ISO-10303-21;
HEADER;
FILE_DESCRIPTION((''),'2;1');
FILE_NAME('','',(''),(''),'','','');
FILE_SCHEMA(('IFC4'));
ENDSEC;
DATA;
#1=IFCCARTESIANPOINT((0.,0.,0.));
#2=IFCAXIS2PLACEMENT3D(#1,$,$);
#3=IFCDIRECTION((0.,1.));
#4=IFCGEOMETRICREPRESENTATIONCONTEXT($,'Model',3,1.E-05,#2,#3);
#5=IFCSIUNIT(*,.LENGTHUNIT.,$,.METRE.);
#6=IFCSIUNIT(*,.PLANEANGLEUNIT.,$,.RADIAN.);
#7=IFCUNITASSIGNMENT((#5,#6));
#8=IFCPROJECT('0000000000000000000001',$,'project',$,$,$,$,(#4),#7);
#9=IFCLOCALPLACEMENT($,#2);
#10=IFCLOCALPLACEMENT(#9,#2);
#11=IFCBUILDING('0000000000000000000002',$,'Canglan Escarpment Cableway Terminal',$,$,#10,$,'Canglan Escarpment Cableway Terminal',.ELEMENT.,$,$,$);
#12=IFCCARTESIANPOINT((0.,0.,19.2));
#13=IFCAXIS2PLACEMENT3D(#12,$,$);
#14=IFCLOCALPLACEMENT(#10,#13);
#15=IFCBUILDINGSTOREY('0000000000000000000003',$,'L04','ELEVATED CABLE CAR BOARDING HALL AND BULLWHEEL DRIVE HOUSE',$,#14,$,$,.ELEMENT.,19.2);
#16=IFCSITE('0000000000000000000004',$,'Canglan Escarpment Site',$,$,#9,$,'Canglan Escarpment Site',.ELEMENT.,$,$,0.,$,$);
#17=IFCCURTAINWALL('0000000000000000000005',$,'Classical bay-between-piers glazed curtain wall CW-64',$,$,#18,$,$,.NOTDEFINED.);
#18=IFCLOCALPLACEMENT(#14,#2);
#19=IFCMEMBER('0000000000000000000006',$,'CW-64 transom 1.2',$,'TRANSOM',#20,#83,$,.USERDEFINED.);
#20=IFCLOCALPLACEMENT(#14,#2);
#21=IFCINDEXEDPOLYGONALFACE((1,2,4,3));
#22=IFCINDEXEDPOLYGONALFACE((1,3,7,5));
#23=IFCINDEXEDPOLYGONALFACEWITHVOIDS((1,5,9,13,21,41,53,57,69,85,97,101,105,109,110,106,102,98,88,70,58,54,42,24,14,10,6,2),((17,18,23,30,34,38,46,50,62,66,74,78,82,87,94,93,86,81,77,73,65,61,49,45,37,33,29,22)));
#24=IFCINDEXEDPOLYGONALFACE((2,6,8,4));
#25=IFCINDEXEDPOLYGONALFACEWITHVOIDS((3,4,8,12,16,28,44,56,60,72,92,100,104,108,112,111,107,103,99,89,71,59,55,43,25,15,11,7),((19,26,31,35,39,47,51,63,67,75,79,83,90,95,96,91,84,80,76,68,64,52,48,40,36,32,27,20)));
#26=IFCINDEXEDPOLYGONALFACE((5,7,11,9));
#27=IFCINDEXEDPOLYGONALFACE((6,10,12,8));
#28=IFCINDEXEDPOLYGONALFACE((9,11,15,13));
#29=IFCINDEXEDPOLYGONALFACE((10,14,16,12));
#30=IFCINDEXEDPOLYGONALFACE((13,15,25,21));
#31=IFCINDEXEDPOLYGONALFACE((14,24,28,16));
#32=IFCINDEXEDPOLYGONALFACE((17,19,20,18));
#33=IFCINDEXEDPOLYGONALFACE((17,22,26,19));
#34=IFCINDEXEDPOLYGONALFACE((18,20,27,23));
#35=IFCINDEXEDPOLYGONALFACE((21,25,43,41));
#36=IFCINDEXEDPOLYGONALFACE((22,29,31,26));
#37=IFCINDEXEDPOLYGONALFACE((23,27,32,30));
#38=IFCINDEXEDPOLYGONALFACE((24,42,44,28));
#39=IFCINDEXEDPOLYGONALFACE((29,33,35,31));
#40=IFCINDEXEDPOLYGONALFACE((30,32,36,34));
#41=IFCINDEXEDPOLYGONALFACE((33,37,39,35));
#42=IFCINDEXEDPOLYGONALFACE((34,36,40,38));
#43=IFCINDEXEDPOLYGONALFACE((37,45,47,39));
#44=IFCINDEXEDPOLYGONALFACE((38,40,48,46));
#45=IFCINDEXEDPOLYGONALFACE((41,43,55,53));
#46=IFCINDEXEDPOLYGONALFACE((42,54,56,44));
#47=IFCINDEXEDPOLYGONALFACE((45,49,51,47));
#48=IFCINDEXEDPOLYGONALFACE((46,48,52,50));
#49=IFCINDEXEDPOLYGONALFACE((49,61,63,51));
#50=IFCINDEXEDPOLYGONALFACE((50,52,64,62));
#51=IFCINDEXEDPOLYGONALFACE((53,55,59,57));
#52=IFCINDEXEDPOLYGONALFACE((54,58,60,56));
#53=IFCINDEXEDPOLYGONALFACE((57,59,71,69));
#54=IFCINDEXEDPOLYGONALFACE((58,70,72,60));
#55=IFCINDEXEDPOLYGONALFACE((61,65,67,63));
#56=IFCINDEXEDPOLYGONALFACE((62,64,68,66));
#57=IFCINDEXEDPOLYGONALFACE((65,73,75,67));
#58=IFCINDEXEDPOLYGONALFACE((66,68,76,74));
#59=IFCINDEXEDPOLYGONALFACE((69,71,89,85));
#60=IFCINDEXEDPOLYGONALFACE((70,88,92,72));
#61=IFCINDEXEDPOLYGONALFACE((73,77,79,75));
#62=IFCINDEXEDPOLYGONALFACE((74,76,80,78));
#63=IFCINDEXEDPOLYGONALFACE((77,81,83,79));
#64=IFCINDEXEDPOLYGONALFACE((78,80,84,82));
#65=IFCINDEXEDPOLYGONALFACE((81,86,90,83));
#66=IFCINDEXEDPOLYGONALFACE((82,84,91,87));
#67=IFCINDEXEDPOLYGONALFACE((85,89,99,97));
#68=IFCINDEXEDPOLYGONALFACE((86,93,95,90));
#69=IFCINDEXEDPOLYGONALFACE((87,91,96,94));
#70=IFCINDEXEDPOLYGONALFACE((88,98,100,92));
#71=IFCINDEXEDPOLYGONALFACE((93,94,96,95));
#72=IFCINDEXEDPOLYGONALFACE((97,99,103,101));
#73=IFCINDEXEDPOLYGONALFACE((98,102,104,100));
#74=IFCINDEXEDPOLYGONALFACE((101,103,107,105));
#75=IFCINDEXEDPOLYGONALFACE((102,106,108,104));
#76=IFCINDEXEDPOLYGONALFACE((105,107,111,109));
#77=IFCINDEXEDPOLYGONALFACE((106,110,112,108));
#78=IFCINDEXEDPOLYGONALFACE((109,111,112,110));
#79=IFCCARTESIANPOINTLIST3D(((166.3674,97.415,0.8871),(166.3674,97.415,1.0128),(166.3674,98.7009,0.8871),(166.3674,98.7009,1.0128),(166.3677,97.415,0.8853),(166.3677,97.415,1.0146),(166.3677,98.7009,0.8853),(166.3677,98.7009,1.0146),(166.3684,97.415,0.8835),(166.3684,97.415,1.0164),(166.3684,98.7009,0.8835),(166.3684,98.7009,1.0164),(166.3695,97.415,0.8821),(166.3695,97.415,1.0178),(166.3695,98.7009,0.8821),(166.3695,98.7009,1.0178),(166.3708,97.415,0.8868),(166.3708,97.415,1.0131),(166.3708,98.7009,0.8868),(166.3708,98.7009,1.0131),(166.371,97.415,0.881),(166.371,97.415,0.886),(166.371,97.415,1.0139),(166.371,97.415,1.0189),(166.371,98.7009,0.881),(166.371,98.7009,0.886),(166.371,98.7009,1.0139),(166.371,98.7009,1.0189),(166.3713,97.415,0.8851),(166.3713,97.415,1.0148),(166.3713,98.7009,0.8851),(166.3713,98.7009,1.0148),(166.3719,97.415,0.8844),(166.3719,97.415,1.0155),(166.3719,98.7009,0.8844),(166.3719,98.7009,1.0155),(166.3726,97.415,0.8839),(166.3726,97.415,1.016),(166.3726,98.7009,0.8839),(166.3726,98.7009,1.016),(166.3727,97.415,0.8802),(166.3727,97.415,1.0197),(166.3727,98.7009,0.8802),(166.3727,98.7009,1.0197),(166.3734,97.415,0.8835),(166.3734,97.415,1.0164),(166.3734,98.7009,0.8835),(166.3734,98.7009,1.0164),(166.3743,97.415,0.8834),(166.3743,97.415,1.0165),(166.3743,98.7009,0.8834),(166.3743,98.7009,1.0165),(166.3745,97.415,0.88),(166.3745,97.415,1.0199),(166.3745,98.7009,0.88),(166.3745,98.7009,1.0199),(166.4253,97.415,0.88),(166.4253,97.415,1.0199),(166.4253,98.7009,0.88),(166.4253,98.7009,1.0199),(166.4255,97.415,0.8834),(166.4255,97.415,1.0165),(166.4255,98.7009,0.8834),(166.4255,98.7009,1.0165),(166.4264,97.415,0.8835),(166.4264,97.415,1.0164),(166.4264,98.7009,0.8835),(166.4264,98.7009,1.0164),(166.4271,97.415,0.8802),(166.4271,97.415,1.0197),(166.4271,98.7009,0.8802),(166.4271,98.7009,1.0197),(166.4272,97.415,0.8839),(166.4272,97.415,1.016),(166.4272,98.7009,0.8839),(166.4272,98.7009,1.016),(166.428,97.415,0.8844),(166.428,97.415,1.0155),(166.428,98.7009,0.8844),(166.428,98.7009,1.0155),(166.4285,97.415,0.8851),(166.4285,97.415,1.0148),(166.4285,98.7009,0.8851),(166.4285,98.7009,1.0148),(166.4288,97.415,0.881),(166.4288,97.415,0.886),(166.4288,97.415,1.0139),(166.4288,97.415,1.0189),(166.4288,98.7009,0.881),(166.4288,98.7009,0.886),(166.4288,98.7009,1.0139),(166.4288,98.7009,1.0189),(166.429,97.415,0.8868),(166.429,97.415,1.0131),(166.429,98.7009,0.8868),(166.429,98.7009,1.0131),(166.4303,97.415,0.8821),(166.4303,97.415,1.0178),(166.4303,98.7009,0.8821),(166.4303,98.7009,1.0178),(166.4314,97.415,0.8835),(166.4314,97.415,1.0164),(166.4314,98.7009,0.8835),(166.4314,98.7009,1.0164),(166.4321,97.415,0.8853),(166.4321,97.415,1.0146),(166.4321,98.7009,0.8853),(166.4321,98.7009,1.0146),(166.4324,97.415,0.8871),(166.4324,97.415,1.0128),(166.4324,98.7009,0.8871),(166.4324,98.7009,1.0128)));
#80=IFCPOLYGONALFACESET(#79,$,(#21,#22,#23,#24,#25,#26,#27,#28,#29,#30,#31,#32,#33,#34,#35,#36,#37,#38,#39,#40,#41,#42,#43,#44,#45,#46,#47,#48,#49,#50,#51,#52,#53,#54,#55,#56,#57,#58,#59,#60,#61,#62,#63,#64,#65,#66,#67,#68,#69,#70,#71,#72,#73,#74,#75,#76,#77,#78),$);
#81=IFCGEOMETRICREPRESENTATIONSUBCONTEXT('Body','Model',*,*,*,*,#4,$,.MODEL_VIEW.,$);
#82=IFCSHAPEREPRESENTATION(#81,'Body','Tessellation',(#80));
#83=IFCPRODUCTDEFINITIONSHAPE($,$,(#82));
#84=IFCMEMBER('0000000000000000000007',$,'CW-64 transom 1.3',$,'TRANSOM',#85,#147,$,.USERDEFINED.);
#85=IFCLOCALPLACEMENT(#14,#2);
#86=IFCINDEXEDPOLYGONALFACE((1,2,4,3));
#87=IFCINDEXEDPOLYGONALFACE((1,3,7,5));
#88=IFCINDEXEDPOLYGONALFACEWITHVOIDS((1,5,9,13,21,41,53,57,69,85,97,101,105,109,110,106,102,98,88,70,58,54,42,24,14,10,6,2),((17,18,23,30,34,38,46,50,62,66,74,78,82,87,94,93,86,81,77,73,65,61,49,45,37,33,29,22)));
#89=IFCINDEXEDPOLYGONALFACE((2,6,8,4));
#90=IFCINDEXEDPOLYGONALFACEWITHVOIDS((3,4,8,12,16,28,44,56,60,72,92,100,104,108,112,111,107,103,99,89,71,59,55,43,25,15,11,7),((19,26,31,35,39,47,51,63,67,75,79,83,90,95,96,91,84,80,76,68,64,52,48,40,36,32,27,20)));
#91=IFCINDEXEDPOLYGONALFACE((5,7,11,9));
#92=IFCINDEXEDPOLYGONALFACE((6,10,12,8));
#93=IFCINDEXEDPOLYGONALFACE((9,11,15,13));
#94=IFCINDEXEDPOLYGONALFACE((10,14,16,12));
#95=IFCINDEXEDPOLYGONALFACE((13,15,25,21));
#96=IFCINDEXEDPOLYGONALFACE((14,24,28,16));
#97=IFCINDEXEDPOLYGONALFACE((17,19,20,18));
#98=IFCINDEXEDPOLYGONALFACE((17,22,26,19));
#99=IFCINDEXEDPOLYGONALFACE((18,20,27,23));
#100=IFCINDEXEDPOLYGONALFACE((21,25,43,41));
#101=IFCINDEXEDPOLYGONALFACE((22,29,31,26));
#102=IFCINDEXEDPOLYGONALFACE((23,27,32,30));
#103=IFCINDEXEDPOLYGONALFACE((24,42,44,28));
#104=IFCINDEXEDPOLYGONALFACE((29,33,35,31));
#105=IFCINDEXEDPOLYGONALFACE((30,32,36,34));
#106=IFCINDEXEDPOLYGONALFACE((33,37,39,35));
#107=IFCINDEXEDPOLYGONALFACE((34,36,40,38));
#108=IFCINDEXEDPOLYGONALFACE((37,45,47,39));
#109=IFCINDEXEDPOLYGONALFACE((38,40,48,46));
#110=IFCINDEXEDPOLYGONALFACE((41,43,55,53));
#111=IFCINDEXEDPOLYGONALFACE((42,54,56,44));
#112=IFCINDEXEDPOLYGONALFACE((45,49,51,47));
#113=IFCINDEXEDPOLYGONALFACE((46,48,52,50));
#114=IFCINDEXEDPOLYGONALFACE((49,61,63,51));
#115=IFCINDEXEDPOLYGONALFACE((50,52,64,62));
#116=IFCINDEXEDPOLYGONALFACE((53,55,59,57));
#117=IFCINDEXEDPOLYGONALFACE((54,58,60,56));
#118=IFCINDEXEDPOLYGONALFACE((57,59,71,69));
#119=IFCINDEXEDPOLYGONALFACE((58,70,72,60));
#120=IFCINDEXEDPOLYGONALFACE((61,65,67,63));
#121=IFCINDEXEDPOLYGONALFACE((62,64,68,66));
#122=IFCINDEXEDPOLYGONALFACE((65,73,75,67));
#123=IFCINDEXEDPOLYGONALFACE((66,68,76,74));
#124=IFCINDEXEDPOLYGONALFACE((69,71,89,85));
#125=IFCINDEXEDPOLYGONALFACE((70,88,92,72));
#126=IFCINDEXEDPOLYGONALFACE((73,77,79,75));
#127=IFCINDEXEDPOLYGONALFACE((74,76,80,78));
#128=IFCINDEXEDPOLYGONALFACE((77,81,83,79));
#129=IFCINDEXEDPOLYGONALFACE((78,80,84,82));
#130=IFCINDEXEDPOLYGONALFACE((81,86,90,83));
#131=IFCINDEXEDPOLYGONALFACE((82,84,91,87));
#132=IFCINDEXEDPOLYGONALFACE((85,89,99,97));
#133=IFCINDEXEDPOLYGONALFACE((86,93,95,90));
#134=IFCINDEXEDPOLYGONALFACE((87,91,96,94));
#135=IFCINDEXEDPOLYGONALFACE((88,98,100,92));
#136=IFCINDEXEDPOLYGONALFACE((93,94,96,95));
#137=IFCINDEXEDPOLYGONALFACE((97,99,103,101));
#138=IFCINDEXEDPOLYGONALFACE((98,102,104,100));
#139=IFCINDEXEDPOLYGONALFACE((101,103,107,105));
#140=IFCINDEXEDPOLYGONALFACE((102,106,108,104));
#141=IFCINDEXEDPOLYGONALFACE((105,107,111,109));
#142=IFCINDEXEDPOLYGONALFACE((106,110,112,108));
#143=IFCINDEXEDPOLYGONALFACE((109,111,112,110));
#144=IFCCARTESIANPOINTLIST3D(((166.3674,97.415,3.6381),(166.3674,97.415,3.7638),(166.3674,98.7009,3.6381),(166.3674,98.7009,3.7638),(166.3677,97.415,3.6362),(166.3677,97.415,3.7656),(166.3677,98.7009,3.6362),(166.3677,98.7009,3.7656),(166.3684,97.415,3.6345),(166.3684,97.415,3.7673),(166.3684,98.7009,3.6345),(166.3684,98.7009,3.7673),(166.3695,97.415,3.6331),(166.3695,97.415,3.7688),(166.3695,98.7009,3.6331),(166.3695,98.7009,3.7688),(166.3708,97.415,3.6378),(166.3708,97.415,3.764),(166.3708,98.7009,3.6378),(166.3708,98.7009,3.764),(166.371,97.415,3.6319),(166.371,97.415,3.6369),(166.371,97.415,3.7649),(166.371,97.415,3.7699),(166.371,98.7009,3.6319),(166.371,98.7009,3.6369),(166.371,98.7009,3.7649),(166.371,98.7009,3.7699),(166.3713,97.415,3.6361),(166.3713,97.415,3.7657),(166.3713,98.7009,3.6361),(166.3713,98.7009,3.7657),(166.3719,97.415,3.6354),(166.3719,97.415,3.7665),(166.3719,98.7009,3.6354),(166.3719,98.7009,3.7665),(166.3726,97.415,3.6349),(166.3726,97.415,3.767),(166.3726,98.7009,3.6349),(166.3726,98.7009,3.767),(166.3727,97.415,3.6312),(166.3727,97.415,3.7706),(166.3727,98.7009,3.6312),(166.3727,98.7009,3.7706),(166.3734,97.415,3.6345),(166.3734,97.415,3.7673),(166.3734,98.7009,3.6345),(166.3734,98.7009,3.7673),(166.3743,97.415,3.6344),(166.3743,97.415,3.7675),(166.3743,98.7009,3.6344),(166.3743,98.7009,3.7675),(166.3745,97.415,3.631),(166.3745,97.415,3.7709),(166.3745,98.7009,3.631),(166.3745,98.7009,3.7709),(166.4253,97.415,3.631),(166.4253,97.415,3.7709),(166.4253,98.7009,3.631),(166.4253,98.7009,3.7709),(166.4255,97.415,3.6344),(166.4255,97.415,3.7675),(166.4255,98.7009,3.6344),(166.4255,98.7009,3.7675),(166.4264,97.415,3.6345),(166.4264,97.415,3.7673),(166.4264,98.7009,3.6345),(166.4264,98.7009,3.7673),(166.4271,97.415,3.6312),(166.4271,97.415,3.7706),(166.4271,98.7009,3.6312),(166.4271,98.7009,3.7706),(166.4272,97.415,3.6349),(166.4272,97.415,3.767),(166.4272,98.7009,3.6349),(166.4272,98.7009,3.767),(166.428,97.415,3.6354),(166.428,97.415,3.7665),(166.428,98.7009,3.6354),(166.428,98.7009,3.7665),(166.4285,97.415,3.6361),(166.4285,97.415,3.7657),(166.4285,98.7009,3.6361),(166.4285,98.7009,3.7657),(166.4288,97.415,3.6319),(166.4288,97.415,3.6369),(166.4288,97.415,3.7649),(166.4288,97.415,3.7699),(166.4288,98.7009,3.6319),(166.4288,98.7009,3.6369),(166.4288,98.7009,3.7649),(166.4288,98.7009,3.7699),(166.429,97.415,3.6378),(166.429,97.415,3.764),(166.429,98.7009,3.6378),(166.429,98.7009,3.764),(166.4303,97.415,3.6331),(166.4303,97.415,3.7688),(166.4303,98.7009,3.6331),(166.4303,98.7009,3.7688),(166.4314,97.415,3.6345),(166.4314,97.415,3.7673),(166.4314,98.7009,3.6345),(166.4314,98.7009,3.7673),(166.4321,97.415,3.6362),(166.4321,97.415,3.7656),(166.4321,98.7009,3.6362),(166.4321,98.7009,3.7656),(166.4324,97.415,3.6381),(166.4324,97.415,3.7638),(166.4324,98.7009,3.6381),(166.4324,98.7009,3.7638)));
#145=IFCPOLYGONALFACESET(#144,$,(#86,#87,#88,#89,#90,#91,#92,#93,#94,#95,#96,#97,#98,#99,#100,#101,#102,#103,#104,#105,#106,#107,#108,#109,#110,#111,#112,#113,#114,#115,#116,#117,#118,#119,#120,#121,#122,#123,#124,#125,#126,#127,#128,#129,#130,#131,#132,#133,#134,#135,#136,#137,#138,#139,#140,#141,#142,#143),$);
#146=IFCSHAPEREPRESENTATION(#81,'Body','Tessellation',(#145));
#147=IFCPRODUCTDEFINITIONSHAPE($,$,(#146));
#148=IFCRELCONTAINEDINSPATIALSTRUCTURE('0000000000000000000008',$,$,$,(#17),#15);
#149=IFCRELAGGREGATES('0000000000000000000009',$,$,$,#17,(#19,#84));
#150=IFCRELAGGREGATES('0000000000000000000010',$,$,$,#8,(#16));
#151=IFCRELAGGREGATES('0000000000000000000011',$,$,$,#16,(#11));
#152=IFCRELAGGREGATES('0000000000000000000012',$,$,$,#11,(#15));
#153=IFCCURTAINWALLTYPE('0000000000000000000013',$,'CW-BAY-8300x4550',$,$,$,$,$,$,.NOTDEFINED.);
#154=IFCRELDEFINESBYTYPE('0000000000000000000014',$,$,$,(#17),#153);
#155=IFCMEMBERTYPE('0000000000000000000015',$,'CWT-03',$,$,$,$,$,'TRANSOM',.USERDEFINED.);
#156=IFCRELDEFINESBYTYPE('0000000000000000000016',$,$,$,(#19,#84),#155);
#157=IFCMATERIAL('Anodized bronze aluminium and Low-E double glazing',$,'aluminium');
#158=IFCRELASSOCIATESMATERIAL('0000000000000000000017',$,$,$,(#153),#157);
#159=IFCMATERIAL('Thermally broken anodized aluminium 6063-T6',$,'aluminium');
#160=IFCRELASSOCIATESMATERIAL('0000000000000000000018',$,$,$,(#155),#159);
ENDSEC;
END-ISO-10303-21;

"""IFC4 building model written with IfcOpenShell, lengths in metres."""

from ifc_helpers import new_model, si_unit, direction, frame, origin, origin_2d, place, context, subcontext, project, spatial, hollow_rectangle, extrude, material, material_profile, profile_set, type_object, element, aggregate, save


model = new_model("IFC4")

# Units and contexts
model_context = context("Model", 3, precision=1e-05, world=origin(), true_north=direction((0.0, 1.0)))
body_context = subcontext(model_context, "Body", "Model", "MODEL_VIEW")
ifc_project = project(units=[si_unit("LENGTHUNIT", "METRE"), si_unit("PLANEANGLEUNIT", "RADIAN")], contexts=[model_context])

# Site, building, storey
site_placement = place(None, origin())
site = spatial("IfcSite", under=ifc_project, at=site_placement, Name="Canglan Escarpment Site", LongName="Canglan Escarpment Site", CompositionType="ELEMENT", RefElevation=0.0)
building_placement = place(site_placement, origin())
building = spatial("IfcBuilding", under=site, at=building_placement, Name="Canglan Escarpment Cableway Terminal", LongName="Canglan Escarpment Cableway Terminal", CompositionType="ELEMENT")
storey_placement = place(building_placement, frame((0.0, 0.0, 19.2)))
storey = spatial("IfcBuildingStorey", under=building, at=storey_placement, Name="L04", Description="ELEVATED CABLE CAR BOARDING HALL AND BULLWHEEL DRIVE HOUSE", CompositionType="ELEMENT", Elevation=19.2)

# Shared definitions
ifc_material_1 = material(Name="Anodized bronze aluminium and Low-E double glazing", Category="aluminium")
curtain_wall_type = type_object("IfcCurtainWallType", Name="CW-BAY-8300x4550", PredefinedType="NOTDEFINED", material=ifc_material_1)
ifc_material_2 = material(Name="Thermally broken anodized aluminium 6063-T6", Category="aluminium")

# Curtain wall
curtain_wall_1_placement = place(storey_placement, origin())
curtain_wall_1 = element("IfcCurtainWall", 1, at=curtain_wall_1_placement, inside=storey, type_object=curtain_wall_type, Name="Classical bay-between-piers glazed curtain wall CW-64", PredefinedType="NOTDEFINED")

# Members
ifc_material_profile_1 = material_profile(ifc_material_2, hollow_rectangle(XDim=0.0649, YDim=0.1399, WallThickness=0.0034, InnerFilletRadius=0.0034, OuterFilletRadius=0.0071, at=origin_2d()), Name="ALU-TRAN 65x140x3.5")
ifc_profile_set_1 = profile_set([ifc_material_profile_1], Name="Thermally broken anodized aluminium 6063-T6")
member_type_1 = type_object("IfcMemberType", Name="CWT-03", ElementType="TRANSOM", PredefinedType="USERDEFINED", material=ifc_profile_set_1)
member_1_placement = place(storey_placement, frame((166.3999, 97.415, 0.95), z_axis=(0.0, 1.0, 0.0), x_axis=(-1.0, 0.0, 0.0)))
member_1 = element("IfcMember", 2, at=member_1_placement, type_object=member_type_1, Name="CW-64 transom 1.2", ObjectType="TRANSOM", PredefinedType="USERDEFINED", context=body_context, shape_type="SweptSolid", body=[
    extrude(hollow_rectangle(XDim=0.0649, YDim=0.1399, WallThickness=0.0034, InnerFilletRadius=0.0034, OuterFilletRadius=0.0071, at=origin_2d()), origin(), (0.0, 0.0, 1.0), 1.2859),
])
member_2_placement = place(storey_placement, frame((166.3999, 97.415, 3.7009), z_axis=(0.0, 1.0, 0.0), x_axis=(-1.0, 0.0, 0.0)))
member_2 = element("IfcMember", 3, at=member_2_placement, type_object=member_type_1, Name="CW-64 transom 1.3", ObjectType="TRANSOM", PredefinedType="USERDEFINED", context=body_context, shape_type="SweptSolid", body=[
    extrude(hollow_rectangle(XDim=0.0649, YDim=0.1399, WallThickness=0.0034, InnerFilletRadius=0.0034, OuterFilletRadius=0.0071, at=origin_2d()), origin(), (0.0, 0.0, 1.0), 1.2859),
])

aggregate(curtain_wall_1, [member_1, member_2])

save(model, "model.ifc")
